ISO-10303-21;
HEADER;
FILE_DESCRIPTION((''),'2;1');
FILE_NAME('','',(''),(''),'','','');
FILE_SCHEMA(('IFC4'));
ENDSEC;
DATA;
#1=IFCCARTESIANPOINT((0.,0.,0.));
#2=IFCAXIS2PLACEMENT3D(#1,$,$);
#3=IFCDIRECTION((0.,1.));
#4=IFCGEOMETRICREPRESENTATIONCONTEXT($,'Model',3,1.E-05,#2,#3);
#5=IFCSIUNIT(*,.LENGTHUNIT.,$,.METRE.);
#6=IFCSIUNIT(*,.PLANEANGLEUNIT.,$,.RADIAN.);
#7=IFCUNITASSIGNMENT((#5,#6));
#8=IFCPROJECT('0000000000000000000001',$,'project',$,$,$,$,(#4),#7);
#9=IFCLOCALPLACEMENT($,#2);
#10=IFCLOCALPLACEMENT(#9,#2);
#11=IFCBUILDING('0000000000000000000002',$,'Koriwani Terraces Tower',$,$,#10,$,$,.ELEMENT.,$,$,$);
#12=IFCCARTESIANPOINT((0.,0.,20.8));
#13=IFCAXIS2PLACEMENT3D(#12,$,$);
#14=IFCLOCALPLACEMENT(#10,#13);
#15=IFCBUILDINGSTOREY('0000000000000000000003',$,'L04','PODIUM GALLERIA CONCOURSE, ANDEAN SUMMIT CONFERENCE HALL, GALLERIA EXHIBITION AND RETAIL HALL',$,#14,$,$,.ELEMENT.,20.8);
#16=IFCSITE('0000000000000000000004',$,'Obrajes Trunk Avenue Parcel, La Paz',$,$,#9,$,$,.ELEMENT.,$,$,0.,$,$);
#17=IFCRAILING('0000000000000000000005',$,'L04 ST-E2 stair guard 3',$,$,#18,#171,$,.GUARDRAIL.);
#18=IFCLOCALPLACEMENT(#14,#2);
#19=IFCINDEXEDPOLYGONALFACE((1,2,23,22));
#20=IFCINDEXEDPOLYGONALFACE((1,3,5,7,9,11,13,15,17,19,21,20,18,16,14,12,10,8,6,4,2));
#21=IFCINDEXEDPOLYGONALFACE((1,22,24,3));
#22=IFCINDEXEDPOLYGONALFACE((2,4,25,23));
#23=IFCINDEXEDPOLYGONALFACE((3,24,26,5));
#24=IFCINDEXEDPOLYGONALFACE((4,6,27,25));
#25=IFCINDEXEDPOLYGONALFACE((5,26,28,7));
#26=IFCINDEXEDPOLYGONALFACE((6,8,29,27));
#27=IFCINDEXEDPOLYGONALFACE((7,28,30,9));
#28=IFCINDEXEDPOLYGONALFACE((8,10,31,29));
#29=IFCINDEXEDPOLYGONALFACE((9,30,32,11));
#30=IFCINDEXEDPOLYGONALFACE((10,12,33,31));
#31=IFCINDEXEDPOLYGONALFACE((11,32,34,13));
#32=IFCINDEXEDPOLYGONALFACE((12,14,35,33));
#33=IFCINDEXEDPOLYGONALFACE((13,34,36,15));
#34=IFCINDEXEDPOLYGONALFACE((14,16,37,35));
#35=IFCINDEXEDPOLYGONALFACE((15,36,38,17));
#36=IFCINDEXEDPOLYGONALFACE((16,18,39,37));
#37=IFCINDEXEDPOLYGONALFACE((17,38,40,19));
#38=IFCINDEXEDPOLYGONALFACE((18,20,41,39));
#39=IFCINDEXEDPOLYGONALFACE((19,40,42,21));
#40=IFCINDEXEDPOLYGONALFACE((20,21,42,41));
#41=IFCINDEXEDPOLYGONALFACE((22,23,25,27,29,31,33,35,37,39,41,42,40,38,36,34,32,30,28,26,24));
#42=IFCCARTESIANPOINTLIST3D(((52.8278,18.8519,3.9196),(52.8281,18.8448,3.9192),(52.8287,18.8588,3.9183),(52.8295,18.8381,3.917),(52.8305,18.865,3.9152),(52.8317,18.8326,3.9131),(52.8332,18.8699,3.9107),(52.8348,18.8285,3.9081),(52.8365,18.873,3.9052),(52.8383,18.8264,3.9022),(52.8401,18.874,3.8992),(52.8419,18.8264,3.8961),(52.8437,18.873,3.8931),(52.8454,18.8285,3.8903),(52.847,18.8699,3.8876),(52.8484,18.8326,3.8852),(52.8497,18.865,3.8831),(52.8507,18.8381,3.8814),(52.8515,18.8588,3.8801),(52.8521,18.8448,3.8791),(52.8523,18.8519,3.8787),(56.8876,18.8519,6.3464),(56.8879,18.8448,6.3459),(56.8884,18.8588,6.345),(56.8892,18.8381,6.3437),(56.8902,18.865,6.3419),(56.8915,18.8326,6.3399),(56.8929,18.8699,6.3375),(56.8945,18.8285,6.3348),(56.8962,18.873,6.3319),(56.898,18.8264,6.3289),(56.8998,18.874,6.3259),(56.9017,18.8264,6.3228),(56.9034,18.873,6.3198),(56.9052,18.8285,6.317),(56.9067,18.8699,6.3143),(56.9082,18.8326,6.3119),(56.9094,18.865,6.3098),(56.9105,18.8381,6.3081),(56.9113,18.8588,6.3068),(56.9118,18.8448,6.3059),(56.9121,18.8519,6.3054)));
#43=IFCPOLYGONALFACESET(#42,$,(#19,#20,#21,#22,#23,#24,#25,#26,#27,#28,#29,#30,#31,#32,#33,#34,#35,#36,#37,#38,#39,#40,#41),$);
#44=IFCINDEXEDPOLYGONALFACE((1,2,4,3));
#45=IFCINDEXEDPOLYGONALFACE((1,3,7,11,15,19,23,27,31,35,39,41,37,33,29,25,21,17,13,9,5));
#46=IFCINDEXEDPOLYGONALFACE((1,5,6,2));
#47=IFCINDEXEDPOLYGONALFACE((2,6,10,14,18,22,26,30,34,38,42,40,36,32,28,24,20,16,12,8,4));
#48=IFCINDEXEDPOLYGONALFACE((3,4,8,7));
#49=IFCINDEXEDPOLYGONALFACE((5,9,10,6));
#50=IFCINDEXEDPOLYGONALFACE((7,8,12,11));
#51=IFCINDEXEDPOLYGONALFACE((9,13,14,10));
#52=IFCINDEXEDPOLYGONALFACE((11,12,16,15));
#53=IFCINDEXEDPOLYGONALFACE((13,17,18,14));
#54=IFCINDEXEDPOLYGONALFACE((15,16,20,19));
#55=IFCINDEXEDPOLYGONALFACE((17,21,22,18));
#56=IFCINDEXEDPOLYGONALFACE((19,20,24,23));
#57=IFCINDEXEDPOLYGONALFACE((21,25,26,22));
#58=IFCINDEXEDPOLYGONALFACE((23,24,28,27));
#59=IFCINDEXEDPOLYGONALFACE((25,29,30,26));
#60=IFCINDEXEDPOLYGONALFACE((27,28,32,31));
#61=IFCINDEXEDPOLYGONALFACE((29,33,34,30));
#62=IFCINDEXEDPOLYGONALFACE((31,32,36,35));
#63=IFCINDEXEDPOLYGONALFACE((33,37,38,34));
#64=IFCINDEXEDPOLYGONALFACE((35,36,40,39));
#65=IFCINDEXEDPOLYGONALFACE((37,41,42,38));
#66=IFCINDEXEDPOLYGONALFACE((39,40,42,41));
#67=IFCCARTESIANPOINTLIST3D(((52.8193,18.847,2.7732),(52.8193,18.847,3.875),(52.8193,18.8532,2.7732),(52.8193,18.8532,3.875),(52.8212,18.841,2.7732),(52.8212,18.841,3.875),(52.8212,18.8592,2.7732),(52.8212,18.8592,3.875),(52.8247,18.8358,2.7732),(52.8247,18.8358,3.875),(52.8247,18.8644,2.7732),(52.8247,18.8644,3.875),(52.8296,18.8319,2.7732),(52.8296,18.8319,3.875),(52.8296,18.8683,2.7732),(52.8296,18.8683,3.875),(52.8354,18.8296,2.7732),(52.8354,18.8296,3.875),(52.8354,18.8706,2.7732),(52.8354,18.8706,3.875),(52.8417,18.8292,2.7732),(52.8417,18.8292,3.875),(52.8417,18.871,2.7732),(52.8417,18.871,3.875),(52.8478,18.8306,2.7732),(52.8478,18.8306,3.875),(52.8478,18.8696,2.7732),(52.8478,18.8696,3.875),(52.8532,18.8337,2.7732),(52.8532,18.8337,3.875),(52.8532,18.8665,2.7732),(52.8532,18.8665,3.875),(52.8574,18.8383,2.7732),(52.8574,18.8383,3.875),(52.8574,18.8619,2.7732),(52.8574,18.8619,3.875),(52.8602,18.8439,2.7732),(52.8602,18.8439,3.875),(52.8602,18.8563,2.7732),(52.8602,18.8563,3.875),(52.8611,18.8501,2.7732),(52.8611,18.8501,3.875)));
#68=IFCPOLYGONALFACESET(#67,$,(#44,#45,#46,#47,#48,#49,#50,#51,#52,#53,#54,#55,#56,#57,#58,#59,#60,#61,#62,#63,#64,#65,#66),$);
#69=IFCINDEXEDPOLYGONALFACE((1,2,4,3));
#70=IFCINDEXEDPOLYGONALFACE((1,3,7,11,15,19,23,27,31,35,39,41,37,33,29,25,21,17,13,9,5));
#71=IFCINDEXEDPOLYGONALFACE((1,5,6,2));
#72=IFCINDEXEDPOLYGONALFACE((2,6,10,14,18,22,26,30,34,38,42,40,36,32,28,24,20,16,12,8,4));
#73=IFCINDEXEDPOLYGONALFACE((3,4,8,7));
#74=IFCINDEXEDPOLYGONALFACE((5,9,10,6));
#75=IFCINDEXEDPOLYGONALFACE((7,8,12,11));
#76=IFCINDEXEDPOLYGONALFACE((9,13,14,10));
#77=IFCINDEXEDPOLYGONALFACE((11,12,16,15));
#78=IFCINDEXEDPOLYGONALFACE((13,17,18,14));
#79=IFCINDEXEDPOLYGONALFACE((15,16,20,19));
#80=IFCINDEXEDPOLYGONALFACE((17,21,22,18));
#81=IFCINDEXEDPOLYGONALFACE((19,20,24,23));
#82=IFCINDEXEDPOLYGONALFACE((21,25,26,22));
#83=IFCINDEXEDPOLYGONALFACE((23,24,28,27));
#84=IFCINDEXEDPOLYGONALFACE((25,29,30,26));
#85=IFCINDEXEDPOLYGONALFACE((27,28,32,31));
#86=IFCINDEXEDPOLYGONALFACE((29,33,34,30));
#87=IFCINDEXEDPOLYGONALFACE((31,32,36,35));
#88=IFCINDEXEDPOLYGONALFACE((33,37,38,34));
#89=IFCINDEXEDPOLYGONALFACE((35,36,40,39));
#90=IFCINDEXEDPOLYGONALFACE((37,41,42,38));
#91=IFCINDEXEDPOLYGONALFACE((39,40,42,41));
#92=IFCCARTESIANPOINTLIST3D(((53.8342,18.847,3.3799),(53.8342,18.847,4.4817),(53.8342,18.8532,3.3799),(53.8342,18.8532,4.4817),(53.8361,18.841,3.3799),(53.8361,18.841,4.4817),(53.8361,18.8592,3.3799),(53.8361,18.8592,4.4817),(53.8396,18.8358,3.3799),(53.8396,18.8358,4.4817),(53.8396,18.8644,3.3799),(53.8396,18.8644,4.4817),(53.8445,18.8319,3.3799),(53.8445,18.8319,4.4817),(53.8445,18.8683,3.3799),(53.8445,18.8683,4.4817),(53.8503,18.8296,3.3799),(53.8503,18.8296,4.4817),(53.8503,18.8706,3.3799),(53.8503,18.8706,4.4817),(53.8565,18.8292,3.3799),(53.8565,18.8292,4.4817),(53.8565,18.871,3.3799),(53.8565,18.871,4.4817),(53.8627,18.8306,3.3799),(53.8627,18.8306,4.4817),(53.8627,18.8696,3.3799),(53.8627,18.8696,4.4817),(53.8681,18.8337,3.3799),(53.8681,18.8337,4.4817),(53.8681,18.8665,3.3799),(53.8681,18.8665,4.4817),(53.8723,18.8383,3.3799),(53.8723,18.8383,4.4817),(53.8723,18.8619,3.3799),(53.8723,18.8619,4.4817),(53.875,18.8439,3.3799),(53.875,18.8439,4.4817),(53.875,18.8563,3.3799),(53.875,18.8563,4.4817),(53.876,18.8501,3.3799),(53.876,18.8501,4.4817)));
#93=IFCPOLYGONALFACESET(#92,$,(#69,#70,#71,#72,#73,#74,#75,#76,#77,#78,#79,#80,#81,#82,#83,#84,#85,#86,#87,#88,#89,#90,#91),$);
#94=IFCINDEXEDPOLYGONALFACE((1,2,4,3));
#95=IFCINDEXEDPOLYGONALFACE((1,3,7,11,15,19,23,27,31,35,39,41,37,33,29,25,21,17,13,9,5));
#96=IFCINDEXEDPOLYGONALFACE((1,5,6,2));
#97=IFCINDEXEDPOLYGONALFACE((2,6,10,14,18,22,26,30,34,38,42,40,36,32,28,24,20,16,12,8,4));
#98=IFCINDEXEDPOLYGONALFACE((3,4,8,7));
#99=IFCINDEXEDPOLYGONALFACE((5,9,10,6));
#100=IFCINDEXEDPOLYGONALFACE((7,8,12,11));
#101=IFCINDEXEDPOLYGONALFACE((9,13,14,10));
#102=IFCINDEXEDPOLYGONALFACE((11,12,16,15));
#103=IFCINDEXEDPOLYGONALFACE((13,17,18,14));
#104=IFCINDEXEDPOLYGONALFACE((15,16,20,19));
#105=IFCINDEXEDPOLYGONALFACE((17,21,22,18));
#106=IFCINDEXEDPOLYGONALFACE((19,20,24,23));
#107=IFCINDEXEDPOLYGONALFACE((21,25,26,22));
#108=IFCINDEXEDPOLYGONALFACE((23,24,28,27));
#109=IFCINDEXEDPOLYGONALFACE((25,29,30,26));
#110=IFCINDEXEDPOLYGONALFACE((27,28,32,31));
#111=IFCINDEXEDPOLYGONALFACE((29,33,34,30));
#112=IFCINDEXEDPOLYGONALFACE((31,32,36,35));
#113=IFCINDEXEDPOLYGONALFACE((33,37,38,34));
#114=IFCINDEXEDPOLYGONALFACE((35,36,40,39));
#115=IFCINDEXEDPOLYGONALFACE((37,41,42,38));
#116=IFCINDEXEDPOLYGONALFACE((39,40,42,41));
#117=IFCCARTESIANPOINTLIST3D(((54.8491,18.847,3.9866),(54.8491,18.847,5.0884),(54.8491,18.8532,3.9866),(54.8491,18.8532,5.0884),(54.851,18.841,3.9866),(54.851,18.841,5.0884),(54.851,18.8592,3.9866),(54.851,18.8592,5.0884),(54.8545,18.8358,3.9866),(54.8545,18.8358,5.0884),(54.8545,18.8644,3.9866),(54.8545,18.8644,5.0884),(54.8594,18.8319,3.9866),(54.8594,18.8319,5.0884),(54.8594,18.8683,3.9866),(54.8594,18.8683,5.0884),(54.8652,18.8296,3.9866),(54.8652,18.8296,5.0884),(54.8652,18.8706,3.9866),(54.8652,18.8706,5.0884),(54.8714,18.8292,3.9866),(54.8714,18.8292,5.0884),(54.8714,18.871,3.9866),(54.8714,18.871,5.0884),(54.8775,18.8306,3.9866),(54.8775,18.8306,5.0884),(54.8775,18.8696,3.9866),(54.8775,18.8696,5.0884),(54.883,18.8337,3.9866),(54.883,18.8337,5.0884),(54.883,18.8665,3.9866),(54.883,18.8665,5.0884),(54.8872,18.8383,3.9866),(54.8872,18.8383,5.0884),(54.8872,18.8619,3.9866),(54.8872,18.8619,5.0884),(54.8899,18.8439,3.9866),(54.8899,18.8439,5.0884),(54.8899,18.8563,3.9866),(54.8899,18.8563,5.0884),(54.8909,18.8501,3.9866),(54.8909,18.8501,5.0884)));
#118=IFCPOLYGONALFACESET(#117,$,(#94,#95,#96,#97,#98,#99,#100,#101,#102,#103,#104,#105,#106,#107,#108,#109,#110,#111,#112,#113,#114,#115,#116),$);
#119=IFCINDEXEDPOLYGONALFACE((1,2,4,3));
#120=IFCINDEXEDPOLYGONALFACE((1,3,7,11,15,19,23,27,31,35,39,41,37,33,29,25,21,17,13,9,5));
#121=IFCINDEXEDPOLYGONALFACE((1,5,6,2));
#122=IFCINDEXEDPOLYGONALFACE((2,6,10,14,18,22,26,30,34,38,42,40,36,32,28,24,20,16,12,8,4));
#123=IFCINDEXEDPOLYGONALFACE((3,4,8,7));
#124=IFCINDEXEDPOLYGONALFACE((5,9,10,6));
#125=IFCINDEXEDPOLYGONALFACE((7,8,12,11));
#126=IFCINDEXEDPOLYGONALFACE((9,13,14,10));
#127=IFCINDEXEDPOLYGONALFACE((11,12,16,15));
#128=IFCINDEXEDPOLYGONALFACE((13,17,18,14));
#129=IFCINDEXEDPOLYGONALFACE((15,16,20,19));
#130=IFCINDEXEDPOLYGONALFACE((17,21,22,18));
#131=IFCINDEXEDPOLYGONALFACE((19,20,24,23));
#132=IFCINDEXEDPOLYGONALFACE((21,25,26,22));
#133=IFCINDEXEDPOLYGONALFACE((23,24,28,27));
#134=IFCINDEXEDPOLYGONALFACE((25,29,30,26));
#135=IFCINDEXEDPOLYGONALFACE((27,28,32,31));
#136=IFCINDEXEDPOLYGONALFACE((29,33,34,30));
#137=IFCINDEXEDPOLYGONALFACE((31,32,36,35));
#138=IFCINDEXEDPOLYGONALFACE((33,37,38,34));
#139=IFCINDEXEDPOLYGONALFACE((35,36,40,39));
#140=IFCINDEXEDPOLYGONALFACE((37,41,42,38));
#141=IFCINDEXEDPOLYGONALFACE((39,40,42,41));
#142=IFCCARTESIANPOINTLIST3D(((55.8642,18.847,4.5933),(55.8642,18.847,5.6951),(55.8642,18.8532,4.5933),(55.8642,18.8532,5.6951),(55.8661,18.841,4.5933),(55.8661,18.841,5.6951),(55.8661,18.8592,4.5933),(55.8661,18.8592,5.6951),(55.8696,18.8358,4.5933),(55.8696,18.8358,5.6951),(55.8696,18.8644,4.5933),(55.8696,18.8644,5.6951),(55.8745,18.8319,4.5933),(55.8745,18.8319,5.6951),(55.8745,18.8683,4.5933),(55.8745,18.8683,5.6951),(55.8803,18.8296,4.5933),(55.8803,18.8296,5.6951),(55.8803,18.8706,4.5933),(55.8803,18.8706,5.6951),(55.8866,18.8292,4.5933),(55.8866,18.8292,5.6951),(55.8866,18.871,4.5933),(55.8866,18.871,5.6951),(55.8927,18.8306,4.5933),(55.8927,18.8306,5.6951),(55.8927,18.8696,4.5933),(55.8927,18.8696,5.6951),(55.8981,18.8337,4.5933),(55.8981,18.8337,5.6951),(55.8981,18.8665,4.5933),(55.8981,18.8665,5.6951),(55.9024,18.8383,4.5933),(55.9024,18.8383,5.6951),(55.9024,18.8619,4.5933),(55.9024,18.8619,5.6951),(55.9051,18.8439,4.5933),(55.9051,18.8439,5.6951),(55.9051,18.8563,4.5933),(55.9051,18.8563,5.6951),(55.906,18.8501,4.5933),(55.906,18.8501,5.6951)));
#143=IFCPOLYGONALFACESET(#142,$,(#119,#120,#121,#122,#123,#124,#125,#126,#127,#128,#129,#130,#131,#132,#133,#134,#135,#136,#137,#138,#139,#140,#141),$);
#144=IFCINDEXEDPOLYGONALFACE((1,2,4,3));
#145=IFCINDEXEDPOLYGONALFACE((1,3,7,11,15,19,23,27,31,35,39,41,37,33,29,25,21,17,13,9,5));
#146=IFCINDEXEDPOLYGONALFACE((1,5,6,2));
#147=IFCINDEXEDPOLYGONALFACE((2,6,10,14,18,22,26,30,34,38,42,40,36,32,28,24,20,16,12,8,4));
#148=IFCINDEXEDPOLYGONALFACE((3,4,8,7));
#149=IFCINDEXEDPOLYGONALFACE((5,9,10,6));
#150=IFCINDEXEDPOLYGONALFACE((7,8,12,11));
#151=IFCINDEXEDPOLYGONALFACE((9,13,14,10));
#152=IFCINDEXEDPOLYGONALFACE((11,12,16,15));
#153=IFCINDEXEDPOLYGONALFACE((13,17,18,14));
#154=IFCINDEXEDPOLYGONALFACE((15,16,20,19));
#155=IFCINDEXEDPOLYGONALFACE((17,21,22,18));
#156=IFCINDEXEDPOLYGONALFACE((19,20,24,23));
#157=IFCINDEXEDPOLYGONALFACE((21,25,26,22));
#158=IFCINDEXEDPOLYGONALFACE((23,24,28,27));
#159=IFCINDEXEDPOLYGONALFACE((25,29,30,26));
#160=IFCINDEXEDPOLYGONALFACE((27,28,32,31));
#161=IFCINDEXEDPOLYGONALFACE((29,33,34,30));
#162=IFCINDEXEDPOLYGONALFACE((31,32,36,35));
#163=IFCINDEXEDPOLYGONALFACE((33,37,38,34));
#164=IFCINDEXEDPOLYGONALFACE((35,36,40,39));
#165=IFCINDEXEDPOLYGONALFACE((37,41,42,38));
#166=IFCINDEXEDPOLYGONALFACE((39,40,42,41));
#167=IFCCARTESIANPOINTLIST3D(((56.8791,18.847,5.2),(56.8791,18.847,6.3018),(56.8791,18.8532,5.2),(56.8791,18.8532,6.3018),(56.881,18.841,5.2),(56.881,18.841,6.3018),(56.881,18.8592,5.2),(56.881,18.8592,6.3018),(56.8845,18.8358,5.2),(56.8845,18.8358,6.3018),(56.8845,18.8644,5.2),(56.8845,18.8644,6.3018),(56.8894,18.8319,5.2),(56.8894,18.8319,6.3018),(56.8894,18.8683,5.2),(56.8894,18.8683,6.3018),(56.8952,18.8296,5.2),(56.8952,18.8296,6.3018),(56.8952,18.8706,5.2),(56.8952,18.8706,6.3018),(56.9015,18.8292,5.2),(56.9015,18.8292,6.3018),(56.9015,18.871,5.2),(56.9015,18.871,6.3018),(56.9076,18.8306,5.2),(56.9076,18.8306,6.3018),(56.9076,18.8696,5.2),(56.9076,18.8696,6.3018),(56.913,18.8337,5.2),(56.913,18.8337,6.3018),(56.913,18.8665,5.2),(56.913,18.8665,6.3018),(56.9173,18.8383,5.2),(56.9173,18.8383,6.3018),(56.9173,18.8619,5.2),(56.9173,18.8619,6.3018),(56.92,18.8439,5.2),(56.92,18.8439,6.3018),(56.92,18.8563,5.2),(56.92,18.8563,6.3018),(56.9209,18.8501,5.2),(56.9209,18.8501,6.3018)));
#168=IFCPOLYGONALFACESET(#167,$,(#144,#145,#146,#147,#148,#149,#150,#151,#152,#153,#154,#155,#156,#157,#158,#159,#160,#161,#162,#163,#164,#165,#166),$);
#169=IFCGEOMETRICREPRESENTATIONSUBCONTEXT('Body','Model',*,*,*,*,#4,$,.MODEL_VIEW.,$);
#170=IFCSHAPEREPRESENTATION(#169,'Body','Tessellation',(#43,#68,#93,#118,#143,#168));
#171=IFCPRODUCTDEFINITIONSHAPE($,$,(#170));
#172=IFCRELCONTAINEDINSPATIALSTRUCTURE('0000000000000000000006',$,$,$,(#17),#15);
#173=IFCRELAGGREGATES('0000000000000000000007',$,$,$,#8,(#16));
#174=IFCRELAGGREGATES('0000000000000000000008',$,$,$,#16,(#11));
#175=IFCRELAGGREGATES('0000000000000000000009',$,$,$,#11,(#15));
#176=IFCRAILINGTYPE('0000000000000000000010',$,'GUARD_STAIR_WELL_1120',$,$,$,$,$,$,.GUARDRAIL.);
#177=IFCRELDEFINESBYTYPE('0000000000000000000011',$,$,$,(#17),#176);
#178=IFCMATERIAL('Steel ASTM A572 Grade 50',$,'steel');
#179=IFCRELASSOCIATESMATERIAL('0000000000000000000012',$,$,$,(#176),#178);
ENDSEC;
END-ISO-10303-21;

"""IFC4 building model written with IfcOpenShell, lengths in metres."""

from ifc_helpers import new_model, si_unit, direction, frame, origin, origin_2d, place, context, subcontext, project, spatial, circle, extrude, material, type_object, element, save


model = new_model("IFC4")

# Units and contexts
model_context = context("Model", 3, precision=1e-05, world=origin(), true_north=direction((0.0, 1.0)))
body_context = subcontext(model_context, "Body", "Model", "MODEL_VIEW")
ifc_project = project(units=[si_unit("LENGTHUNIT", "METRE"), si_unit("PLANEANGLEUNIT", "RADIAN")], contexts=[model_context])

# Site, building, storey
site_placement = place(None, origin())
site = spatial("IfcSite", under=ifc_project, at=site_placement, Name="Obrajes Trunk Avenue Parcel, La Paz", CompositionType="ELEMENT", RefElevation=0.0)
building_placement = place(site_placement, origin())
building = spatial("IfcBuilding", under=site, at=building_placement, Name="Koriwani Terraces Tower", CompositionType="ELEMENT")
storey_placement = place(building_placement, frame((0.0, 0.0, 20.8)))
storey = spatial("IfcBuildingStorey", under=building, at=storey_placement, Name="L04", Description="PODIUM GALLERIA CONCOURSE, ANDEAN SUMMIT CONFERENCE HALL, GALLERIA EXHIBITION AND RETAIL HALL", CompositionType="ELEMENT", Elevation=20.8)

# Shared definitions
ifc_material_1 = material(Name="Steel ASTM A572 Grade 50", Category="steel")

# Railing
railing_type_1 = type_object("IfcRailingType", Name="GUARD_STAIR_WELL_1120", PredefinedType="GUARDRAIL", material=ifc_material_1)
railing_1_placement = place(storey_placement, frame((52.8401, 18.8501, 2.7732)))
element("IfcRailing", 1, at=railing_1_placement, inside=storey, type_object=railing_type_1, Name="L04 ST-E2 stair guard 3", PredefinedType="GUARDRAIL", context=body_context, shape_type="SweptSolid", body=[
    extrude(circle(Radius=0.0239, at=origin_2d()), frame((0.0, 0.0, 1.126), z_axis=(0.858343, 0.0, 0.513076), x_axis=(0.0, 1.0, 0.0)), (0.0, 0.0, 1.0), 4.7297),
    extrude(circle(Radius=0.021, at=origin_2d()), origin(), (0.0, 0.0, 1.0), 1.1018),
    extrude(circle(Radius=0.021, at=origin_2d()), frame((1.0149, 0.0, 0.6067)), (0.0, 0.0, 1.0), 1.1018),
    extrude(circle(Radius=0.021, at=origin_2d()), frame((2.0298, 0.0, 1.2134)), (0.0, 0.0, 1.0), 1.1018),
    extrude(circle(Radius=0.021, at=origin_2d()), frame((3.0449, 0.0, 1.8201)), (0.0, 0.0, 1.0), 1.1018),
    extrude(circle(Radius=0.021, at=origin_2d()), frame((4.0598, 0.0, 2.4268)), (0.0, 0.0, 1.0), 1.1018),
])

save(model, "model.ifc")
